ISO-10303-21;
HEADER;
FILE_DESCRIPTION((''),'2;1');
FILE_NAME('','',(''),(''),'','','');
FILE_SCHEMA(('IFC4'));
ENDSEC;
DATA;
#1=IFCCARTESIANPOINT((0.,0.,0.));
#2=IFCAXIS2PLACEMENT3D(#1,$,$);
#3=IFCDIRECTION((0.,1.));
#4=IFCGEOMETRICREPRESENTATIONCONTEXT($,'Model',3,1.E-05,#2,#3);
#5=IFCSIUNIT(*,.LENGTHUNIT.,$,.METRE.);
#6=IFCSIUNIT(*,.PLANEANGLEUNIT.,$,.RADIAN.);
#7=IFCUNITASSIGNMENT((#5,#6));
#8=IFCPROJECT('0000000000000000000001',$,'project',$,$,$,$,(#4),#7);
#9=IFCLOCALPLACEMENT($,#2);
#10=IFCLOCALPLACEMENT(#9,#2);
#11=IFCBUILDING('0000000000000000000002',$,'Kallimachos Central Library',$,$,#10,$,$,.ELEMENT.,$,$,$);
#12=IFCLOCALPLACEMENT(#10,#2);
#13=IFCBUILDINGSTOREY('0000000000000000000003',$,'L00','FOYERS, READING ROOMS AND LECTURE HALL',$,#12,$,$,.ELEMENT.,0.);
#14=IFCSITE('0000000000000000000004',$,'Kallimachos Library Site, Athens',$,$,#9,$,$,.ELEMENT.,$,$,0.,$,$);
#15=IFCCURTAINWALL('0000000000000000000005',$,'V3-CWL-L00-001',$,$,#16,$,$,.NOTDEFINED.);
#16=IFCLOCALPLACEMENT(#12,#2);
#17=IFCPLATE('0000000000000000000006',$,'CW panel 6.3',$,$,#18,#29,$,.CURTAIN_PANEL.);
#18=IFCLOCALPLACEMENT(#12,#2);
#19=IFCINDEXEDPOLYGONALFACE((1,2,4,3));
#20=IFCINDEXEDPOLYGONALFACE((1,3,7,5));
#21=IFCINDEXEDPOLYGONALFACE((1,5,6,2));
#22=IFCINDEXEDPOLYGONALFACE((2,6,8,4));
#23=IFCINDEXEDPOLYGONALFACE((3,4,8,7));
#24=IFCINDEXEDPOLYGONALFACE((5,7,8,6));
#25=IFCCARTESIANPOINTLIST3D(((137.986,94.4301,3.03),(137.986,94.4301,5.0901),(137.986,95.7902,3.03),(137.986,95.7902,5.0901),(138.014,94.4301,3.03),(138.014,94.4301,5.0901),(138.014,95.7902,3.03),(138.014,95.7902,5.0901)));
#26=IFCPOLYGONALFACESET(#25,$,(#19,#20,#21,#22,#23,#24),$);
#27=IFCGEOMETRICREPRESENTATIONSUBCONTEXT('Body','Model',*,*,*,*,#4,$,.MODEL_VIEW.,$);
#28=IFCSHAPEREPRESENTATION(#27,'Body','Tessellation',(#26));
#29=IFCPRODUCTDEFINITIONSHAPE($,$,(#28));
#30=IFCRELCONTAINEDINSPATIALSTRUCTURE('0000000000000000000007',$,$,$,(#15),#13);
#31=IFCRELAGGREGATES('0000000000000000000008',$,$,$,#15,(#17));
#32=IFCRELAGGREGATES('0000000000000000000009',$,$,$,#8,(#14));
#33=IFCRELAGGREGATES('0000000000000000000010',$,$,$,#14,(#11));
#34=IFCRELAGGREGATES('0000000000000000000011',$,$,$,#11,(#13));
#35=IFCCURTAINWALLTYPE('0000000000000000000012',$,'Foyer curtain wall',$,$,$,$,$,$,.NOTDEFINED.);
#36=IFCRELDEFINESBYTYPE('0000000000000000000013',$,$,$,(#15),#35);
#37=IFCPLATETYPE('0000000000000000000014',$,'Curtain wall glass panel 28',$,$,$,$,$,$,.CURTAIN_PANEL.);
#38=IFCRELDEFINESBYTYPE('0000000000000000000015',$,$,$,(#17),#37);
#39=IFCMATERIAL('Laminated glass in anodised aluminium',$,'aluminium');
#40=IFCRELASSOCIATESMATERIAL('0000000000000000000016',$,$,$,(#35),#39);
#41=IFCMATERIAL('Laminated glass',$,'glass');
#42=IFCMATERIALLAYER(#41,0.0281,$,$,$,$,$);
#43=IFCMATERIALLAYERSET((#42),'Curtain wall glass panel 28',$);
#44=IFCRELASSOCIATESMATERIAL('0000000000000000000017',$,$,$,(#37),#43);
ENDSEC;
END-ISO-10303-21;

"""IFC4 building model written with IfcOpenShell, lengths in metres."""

from ifc_helpers import new_model, si_unit, direction, frame, origin, origin_2d, place, context, subcontext, project, spatial, rectangle, extrude, material, layer, layer_set, type_object, element, aggregate, save


model = new_model("IFC4")

# Units and contexts
model_context = context("Model", 3, precision=1e-05, world=origin(), true_north=direction((0.0, 1.0)))
body_context = subcontext(model_context, "Body", "Model", "MODEL_VIEW")
ifc_project = project(units=[si_unit("LENGTHUNIT", "METRE"), si_unit("PLANEANGLEUNIT", "RADIAN")], contexts=[model_context])

# Site, building, storey
site_placement = place(None, origin())
site = spatial("IfcSite", under=ifc_project, at=site_placement, Name="Kallimachos Library Site, Athens", CompositionType="ELEMENT", RefElevation=0.0)
building_placement = place(site_placement, origin())
building = spatial("IfcBuilding", under=site, at=building_placement, Name="Kallimachos Central Library", CompositionType="ELEMENT")
storey_placement = place(building_placement, origin())
storey = spatial("IfcBuildingStorey", under=building, at=storey_placement, Name="L00", Description="FOYERS, READING ROOMS AND LECTURE HALL", CompositionType="ELEMENT", Elevation=0.0)

# Curtain wall
ifc_material_1 = material(Name="Laminated glass in anodised aluminium", Category="aluminium")
curtain_wall_type = type_object("IfcCurtainWallType", Name="Foyer curtain wall", PredefinedType="NOTDEFINED", material=ifc_material_1)
curtain_wall_placement = place(storey_placement, origin())
curtain_wall = element("IfcCurtainWall", 1, at=curtain_wall_placement, inside=storey, type_object=curtain_wall_type, Name="V3-CWL-L00-001", PredefinedType="NOTDEFINED")

# Plate
ifc_material_2 = material(Name="Laminated glass", Category="glass")
ifc_layer_1 = layer(ifc_material_2, 0.0281)
ifc_layer_set_1 = layer_set([ifc_layer_1], Name="Curtain wall glass panel 28")
plate_type = type_object("IfcPlateType", Name="Curtain wall glass panel 28", PredefinedType="CURTAIN_PANEL", material=ifc_layer_set_1)
plate_1_placement = place(storey_placement, frame((138.0, 95.1101, 3.03), z_axis=(0.0, 0.0, 1.0), x_axis=(0.0, 1.0, 0.0)))
plate_1 = element("IfcPlate", 2, at=plate_1_placement, type_object=plate_type, Name="CW panel 6.3", PredefinedType="CURTAIN_PANEL", context=body_context, shape_type="SweptSolid", body=[
    extrude(rectangle(XDim=1.3601, YDim=0.0281, at=origin_2d()), origin(), (0.0, 0.0, 1.0), 2.0601),
])
aggregate(curtain_wall, [plate_1])

save(model, "model.ifc")
